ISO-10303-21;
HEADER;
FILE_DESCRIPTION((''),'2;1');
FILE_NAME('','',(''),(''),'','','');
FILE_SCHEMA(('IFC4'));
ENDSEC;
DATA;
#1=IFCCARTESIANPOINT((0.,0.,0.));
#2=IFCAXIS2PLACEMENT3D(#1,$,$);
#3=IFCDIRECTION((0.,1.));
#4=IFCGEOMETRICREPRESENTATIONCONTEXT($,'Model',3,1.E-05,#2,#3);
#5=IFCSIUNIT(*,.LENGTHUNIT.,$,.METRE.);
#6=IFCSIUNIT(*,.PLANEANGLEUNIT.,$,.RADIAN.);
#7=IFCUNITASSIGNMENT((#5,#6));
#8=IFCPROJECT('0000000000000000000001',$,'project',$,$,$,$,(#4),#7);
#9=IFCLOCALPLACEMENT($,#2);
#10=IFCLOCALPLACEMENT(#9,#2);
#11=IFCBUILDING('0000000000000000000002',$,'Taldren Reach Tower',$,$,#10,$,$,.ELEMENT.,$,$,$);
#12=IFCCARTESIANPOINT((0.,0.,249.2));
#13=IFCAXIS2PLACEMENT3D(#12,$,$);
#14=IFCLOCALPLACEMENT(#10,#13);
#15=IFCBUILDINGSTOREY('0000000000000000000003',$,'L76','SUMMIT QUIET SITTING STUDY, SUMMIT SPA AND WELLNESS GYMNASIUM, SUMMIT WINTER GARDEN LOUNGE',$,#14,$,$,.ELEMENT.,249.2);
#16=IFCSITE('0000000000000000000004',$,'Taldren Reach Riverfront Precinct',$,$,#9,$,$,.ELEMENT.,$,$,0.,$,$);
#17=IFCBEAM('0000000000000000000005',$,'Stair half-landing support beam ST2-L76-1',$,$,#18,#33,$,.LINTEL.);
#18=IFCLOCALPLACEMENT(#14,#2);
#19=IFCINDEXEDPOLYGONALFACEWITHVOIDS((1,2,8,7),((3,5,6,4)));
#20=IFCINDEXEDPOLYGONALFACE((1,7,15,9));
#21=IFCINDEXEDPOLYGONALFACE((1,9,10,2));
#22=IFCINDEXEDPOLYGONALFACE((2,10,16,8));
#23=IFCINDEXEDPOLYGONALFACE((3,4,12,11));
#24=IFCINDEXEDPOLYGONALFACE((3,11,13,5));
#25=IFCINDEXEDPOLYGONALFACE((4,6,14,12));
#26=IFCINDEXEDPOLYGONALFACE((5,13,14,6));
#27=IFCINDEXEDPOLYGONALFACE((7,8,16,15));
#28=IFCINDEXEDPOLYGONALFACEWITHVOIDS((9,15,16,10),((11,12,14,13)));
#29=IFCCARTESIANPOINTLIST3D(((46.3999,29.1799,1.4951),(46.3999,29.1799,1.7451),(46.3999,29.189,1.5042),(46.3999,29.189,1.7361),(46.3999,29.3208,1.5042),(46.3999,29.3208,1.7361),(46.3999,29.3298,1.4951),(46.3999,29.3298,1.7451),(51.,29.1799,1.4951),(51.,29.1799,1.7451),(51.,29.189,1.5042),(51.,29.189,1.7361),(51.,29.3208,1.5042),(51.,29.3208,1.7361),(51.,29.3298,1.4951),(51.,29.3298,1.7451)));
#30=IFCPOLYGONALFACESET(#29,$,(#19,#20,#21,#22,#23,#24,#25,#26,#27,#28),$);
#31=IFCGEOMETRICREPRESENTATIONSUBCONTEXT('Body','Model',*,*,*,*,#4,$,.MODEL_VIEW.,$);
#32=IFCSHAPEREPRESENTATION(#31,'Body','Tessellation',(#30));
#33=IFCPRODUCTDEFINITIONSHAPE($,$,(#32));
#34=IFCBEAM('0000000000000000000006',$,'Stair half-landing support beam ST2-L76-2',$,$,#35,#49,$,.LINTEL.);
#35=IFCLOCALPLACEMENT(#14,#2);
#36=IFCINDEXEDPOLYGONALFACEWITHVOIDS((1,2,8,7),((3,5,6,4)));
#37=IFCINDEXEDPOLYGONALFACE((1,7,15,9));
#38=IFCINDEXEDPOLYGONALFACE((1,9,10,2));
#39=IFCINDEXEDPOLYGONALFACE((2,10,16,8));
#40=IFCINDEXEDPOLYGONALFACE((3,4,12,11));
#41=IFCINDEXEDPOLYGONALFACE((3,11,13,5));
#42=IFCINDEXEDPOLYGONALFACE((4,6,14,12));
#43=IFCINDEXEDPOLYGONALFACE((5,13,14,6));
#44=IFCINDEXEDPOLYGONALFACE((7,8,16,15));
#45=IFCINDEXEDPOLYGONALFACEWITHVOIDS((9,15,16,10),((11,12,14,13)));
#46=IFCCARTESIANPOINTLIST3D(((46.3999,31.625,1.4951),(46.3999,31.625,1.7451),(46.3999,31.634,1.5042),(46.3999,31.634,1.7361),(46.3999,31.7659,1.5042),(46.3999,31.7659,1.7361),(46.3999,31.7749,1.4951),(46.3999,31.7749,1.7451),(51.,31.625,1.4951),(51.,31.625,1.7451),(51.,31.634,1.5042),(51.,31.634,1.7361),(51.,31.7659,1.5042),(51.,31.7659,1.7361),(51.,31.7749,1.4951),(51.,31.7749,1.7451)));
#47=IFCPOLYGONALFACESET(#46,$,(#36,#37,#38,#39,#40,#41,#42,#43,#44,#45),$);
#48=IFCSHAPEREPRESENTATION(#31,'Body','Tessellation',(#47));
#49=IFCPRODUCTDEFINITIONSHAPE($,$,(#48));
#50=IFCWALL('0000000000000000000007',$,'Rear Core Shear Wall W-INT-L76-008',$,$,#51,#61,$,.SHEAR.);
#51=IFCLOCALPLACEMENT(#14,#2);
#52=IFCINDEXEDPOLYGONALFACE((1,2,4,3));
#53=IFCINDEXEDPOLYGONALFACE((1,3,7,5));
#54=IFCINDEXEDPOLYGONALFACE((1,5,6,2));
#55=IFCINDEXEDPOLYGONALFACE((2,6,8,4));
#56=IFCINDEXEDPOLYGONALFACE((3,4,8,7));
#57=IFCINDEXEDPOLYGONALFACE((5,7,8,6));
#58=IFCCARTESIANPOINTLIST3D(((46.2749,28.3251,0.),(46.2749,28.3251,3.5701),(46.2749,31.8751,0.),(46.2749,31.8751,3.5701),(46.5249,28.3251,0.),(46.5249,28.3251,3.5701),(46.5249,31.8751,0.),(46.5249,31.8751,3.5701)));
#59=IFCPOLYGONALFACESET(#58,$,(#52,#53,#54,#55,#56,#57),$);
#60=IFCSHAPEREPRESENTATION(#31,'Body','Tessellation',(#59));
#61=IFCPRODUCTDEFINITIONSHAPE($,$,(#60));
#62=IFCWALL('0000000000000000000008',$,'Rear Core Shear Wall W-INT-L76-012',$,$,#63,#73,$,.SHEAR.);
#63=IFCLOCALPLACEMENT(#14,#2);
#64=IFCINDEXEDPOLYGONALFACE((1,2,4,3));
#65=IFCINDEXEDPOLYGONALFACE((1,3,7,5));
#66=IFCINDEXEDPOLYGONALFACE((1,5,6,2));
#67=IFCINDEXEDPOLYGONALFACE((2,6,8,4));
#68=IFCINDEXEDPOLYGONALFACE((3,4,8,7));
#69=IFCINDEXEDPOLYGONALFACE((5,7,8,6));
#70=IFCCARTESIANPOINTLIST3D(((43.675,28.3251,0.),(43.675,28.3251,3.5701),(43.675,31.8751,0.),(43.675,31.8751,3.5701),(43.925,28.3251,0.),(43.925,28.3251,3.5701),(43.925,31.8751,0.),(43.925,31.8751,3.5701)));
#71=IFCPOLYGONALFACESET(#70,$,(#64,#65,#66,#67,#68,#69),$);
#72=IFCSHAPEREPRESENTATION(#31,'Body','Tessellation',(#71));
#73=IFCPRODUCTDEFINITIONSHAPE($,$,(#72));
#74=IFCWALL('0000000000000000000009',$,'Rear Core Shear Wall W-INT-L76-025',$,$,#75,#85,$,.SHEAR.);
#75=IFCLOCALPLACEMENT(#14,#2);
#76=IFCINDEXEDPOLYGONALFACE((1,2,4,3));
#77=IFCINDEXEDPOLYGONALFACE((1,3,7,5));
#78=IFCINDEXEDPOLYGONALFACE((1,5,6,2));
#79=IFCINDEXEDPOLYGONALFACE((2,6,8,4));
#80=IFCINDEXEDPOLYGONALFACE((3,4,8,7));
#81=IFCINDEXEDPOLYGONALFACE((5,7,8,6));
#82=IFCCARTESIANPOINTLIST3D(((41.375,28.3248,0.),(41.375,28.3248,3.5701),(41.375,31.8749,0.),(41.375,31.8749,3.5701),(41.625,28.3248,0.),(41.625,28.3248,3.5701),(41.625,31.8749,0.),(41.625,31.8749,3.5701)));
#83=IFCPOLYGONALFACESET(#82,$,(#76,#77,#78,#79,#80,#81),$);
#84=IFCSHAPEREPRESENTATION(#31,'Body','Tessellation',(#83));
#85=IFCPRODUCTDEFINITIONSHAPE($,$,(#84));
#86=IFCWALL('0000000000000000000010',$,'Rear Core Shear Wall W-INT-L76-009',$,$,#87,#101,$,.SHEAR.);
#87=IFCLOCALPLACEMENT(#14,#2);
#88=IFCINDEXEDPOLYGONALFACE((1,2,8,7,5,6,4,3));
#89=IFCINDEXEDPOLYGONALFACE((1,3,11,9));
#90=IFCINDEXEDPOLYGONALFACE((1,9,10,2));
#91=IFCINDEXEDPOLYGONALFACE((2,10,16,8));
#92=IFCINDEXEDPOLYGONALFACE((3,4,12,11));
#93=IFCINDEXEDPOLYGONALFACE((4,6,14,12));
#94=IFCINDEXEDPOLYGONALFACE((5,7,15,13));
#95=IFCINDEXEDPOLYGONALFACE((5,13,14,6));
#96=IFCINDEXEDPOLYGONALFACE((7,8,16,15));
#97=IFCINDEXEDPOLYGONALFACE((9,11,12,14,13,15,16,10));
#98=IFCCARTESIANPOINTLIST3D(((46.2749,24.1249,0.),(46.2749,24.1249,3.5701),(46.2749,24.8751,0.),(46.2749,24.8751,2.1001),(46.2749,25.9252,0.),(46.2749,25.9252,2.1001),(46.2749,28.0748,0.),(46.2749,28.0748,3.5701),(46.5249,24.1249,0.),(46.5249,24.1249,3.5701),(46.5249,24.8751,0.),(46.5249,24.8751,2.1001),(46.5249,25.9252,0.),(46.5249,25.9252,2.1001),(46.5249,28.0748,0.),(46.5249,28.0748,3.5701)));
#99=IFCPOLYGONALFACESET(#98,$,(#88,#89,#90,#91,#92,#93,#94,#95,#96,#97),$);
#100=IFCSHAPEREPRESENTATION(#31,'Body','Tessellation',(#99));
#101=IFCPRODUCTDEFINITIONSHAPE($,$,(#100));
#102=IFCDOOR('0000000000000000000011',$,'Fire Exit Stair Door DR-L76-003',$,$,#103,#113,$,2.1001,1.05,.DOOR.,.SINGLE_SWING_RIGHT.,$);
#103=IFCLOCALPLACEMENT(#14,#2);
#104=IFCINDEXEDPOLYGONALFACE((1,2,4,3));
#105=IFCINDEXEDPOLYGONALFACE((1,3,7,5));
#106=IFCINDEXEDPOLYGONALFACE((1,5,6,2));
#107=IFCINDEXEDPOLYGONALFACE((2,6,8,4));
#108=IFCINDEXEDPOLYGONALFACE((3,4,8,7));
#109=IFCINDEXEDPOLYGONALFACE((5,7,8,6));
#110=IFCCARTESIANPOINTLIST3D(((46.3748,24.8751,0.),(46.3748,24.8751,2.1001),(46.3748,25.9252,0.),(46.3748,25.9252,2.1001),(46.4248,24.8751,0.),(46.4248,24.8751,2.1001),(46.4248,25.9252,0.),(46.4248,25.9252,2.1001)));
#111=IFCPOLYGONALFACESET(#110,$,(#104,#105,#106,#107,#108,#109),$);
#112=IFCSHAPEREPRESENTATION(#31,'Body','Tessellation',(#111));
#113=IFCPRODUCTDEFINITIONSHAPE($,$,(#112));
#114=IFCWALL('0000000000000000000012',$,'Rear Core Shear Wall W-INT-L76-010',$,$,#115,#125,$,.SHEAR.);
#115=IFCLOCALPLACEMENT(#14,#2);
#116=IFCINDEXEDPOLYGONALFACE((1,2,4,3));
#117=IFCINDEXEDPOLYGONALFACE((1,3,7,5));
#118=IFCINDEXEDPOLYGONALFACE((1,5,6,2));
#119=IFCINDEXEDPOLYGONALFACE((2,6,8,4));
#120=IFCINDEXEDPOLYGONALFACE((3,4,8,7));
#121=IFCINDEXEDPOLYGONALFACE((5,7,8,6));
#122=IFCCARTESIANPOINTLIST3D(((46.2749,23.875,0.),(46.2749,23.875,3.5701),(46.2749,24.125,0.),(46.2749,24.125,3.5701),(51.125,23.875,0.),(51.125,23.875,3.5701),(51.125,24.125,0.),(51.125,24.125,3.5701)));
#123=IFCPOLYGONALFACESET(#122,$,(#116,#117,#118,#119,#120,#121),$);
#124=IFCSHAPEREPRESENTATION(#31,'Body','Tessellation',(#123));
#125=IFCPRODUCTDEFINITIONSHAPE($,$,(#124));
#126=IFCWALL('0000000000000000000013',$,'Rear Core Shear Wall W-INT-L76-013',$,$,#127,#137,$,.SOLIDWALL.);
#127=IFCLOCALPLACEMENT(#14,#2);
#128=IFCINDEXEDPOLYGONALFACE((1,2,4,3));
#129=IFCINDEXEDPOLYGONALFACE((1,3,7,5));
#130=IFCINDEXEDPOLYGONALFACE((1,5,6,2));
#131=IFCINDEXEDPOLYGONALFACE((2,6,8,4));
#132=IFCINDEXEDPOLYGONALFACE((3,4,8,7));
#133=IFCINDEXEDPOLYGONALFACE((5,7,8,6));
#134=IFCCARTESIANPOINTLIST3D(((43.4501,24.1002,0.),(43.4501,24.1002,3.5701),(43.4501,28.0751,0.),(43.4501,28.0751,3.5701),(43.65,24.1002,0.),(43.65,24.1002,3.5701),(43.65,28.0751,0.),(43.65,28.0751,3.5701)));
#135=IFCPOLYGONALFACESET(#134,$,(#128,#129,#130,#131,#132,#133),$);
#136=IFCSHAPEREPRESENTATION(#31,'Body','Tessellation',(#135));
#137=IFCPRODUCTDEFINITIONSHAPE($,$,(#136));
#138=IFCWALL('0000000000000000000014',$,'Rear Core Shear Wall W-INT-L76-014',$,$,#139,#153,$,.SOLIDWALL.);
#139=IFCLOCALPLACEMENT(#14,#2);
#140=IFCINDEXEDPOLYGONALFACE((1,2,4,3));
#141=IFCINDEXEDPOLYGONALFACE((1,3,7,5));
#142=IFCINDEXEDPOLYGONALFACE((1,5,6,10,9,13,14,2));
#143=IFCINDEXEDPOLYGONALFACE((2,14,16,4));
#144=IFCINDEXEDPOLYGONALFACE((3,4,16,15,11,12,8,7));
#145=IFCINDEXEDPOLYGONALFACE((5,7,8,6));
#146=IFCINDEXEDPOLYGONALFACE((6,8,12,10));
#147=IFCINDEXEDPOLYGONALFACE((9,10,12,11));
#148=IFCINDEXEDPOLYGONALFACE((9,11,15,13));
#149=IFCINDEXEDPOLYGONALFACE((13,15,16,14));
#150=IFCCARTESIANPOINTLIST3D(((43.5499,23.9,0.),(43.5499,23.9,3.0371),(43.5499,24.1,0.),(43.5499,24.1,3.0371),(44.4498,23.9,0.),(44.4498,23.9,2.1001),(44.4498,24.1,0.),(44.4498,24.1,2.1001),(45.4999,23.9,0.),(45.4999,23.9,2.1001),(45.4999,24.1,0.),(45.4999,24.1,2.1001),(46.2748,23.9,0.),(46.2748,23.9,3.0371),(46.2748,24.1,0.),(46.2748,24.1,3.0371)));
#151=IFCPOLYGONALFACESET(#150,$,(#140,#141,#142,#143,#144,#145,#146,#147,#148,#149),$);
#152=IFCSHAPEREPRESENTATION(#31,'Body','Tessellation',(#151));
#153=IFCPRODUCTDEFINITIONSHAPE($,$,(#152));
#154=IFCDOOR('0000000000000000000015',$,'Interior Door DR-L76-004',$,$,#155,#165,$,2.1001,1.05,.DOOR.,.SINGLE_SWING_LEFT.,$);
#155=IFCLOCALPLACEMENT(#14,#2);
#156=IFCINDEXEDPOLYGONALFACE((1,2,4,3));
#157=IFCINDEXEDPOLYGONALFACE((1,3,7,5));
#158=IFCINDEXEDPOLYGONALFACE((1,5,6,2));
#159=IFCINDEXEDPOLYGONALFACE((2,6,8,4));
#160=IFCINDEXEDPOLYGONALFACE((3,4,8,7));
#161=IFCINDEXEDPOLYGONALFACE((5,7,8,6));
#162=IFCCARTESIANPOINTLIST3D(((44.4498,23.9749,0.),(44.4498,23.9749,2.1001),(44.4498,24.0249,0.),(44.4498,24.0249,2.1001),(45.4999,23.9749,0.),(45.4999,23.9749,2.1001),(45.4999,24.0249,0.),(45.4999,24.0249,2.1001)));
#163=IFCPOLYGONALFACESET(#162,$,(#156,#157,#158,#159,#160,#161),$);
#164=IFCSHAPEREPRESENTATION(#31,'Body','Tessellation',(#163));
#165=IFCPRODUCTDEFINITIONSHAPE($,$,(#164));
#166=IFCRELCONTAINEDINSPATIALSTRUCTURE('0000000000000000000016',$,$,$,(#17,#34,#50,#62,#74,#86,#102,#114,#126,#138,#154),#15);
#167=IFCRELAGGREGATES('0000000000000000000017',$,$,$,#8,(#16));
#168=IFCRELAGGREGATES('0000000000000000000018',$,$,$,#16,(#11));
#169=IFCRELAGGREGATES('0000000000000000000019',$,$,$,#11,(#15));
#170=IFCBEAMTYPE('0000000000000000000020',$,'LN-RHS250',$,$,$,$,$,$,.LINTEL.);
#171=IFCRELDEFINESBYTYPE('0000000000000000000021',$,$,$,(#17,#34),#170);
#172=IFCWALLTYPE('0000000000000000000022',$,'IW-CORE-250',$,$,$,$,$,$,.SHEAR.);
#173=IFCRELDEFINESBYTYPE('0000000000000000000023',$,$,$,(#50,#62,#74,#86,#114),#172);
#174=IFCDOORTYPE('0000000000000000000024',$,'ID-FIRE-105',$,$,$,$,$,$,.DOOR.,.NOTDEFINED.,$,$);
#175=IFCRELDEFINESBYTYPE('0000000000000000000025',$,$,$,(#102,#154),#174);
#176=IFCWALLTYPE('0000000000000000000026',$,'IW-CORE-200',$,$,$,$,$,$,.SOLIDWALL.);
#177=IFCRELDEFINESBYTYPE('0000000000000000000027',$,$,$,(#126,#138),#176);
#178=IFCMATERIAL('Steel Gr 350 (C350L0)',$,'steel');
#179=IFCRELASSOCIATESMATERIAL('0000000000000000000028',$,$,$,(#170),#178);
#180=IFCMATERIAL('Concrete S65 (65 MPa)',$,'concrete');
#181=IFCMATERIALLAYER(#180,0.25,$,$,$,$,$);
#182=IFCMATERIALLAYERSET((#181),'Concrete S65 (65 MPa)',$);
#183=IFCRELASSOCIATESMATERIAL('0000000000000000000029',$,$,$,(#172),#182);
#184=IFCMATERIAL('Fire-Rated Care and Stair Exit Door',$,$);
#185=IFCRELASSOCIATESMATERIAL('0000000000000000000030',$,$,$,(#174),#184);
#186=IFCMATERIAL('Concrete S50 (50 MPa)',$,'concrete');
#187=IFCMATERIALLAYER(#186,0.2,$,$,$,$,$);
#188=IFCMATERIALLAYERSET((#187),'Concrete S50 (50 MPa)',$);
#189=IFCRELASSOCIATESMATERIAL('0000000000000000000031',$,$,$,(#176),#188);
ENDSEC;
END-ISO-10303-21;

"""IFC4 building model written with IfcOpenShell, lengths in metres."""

from ifc_helpers import new_model, si_unit, direction, frame, frame_2d, origin, origin_2d, place, context, subcontext, project, spatial, rectangle, hollow_rectangle, extrude, source, transform, mapped, material, layer, layer_set, material_profile, profile_set, type_object, element, fill, save


model = new_model("IFC4")

# Units and contexts
model_context = context("Model", 3, precision=1e-05, world=origin(), true_north=direction((0.0, 1.0)))
body_context = subcontext(model_context, "Body", "Model", "MODEL_VIEW")
ifc_project = project(units=[si_unit("LENGTHUNIT", "METRE"), si_unit("PLANEANGLEUNIT", "RADIAN")], contexts=[model_context])

# Site, building, storey
site_placement = place(None, origin())
site = spatial("IfcSite", under=ifc_project, at=site_placement, Name="Taldren Reach Riverfront Precinct", CompositionType="ELEMENT", RefElevation=0.0)
building_placement = place(site_placement, origin())
building = spatial("IfcBuilding", under=site, at=building_placement, Name="Taldren Reach Tower", CompositionType="ELEMENT")
storey_placement = place(building_placement, frame((0.0, 0.0, 249.2)))
storey = spatial("IfcBuildingStorey", under=building, at=storey_placement, Name="L76", Description="SUMMIT QUIET SITTING STUDY, SUMMIT SPA AND WELLNESS GYMNASIUM, SUMMIT WINTER GARDEN LOUNGE", CompositionType="ELEMENT", Elevation=249.2)

# Beams
ifc_material_1 = material(Name="Steel Gr 350 (C350L0)", Category="steel")
ifc_material_profile = material_profile(ifc_material_1, hollow_rectangle(XDim=0.1499, YDim=0.25, WallThickness=0.009, at=origin_2d()), Name="250x150x9.0RHS")
ifc_profile_set = profile_set([ifc_material_profile], Name="Steel Gr 350 (C350L0)")
beam_type = type_object("IfcBeamType", Name="LN-RHS250", PredefinedType="LINTEL", material=ifc_profile_set)
shared_shape_1 = source(origin(), body_context, "Body", "SweptSolid", [
    extrude(hollow_rectangle(XDim=0.1499, YDim=0.25, WallThickness=0.009, at=origin_2d()), origin(), (0.0, 0.0, 1.0), 4.6001),
])
for number, where, z_axis, x_axis, name in (
    (1, (46.3999, 29.2549, 1.6201), (1.0, 0.0, 0.0), (0.0, 1.0, 0.0), "Stair half-landing support beam ST2-L76-1"),
    (2, (46.3999, 31.7, 1.6201), (1.0, 0.0, 0.0), (0.0, 1.0, 0.0), "Stair half-landing support beam ST2-L76-2"),
):
    element("IfcBeam", number, at=place(storey_placement, frame(where, z_axis=z_axis, x_axis=x_axis)), inside=storey, type_object=beam_type, Name=name, PredefinedType="LINTEL", context=body_context, shape_type="MappedRepresentation", body=[
        mapped(shared_shape_1, transform((0.0, 0.0, 0.0), scale=1.0)),
    ])

# Walls
ifc_material_2 = material(Name="Concrete S65 (65 MPa)", Category="concrete")
ifc_layer_1 = layer(ifc_material_2, 0.25)
ifc_layer_set_1 = layer_set([ifc_layer_1], Name="Concrete S65 (65 MPa)")
wall_type_1 = type_object("IfcWallType", Name="IW-CORE-250", PredefinedType="SHEAR", material=ifc_layer_set_1)
shared_shape_2 = source(origin(), body_context, "Body", "SweptSolid", [
    extrude(rectangle(XDim=3.55, YDim=0.25, at=frame_2d((1.7749, 0.0))), origin(), (0.0, 0.0, 1.0), 3.5701),
])
for number, where, z_axis, x_axis, name in (
    (3, (46.3999, 31.875, 0.0), (0.0, 0.0, 1.0), (0.0, -1.0, 0.0), "Rear Core Shear Wall W-INT-L76-008"),
    (4, (43.8, 31.875, 0.0), (0.0, 0.0, 1.0), (0.0, -1.0, 0.0), "Rear Core Shear Wall W-INT-L76-012"),
    (5, (41.5, 28.325, 0.0), (0.0, 0.0, 1.0), (0.0, 1.0, 0.0), "Rear Core Shear Wall W-INT-L76-025"),
):
    element("IfcWall", number, at=place(storey_placement, frame(where, z_axis=z_axis, x_axis=x_axis)), inside=storey, type_object=wall_type_1, Name=name, PredefinedType="SHEAR", context=body_context, shape_type="MappedRepresentation", body=[
        mapped(shared_shape_2, transform((0.0, 0.0, 0.0), scale=1.0)),
    ])

# Wall, opening, door
shared_shape_3 = source(origin(), body_context, "Body", "SweptSolid", [
    extrude(rectangle(XDim=3.95, YDim=0.25, at=frame_2d((1.9751, 0.0))), origin(), (0.0, 0.0, 1.0), 3.5701),
])
wall_1_placement = place(storey_placement, frame((46.3999, 28.075, 0.0), z_axis=(0.0, 0.0, 1.0), x_axis=(0.0, -1.0, 0.0)))
wall_1 = element("IfcWall", 6, at=wall_1_placement, inside=storey, type_object=wall_type_1, Name="Rear Core Shear Wall W-INT-L76-009", PredefinedType="SHEAR", context=body_context, shape_type="MappedRepresentation", body=[
    mapped(shared_shape_3, transform((0.0, 0.0, 0.0), scale=1.0)),
])
shared_shape_4 = source(origin(), body_context, "Body", "SweptSolid", [
    extrude(rectangle(XDim=1.05, YDim=2.1001, at=frame_2d((0.5249, 1.05))), frame((0.0, 0.135, 0.0), z_axis=(0.0, -1.0, 0.0), x_axis=(1.0, 0.0, 0.0)), (0.0, 0.0, 1.0), 0.27),
])
opening_1_placement = place(wall_1_placement, frame((2.1499, 0.0, 0.0)))
opening_1 = element("IfcOpeningElement", 7, at=opening_1_placement, cuts=wall_1, PredefinedType="OPENING", context=body_context, shape_type="MappedRepresentation", body=[
    mapped(shared_shape_4, transform((0.0, 0.0, 0.0), scale=1.0)),
])
ifc_material_3 = material(Name="Fire-Rated Care and Stair Exit Door")
door_type_1 = type_object("IfcDoorType", Name="ID-FIRE-105", OperationType="NOTDEFINED", PredefinedType="DOOR", material=ifc_material_3)
shared_shape_5 = source(origin(), body_context, "Body", "SweptSolid", [
    extrude(rectangle(XDim=1.05, YDim=2.1001, at=frame_2d((0.5249, 1.05))), frame((0.0, 0.0249, 0.0), z_axis=(0.0, -1.0, 0.0), x_axis=(1.0, 0.0, 0.0)), (0.0, 0.0, 1.0), 0.05),
])
door_1_placement = place(opening_1_placement, origin())
door_1 = element("IfcDoor", 8, at=door_1_placement, inside=storey, type_object=door_type_1, Name="Fire Exit Stair Door DR-L76-003", OperationType="SINGLE_SWING_RIGHT", OverallHeight=2.1001, OverallWidth=1.05, PredefinedType="DOOR", context=body_context, shape_type="MappedRepresentation", body=[
    mapped(shared_shape_5, transform((0.0, 0.0, 0.0), scale=1.0)),
])
fill(opening_1, door_1)

# Wall
shared_shape_6 = source(origin(), body_context, "Body", "SweptSolid", [
    extrude(rectangle(XDim=4.8501, YDim=0.25, at=frame_2d((2.425, 0.0))), origin(), (0.0, 0.0, 1.0), 3.5701),
])
wall_2_placement = place(storey_placement, frame((46.2749, 24.0, 0.0), z_axis=(0.0, 0.0, 1.0), x_axis=(1.0, 0.0, 0.0)))
element("IfcWall", 9, at=wall_2_placement, inside=storey, type_object=wall_type_1, Name="Rear Core Shear Wall W-INT-L76-010", PredefinedType="SHEAR", context=body_context, shape_type="MappedRepresentation", body=[
    mapped(shared_shape_6, transform((0.0, 0.0, 0.0), scale=1.0)),
])

# Wall
ifc_material_4 = material(Name="Concrete S50 (50 MPa)", Category="concrete")
ifc_layer_2 = layer(ifc_material_4, 0.2)
ifc_layer_set_2 = layer_set([ifc_layer_2], Name="Concrete S50 (50 MPa)")
wall_type_2 = type_object("IfcWallType", Name="IW-CORE-200", PredefinedType="SOLIDWALL", material=ifc_layer_set_2)
shared_shape_7 = source(origin(), body_context, "Body", "SweptSolid", [
    extrude(rectangle(XDim=3.9749, YDim=0.2, at=frame_2d((1.9873, 0.0))), origin(), (0.0, 0.0, 1.0), 3.5701),
])
wall_3_placement = place(storey_placement, frame((43.55, 28.075, 0.0), z_axis=(0.0, 0.0, 1.0), x_axis=(0.0, -1.0, 0.0)))
element("IfcWall", 10, at=wall_3_placement, inside=storey, type_object=wall_type_2, Name="Rear Core Shear Wall W-INT-L76-013", PredefinedType="SOLIDWALL", context=body_context, shape_type="MappedRepresentation", body=[
    mapped(shared_shape_7, transform((0.0, 0.0, 0.0), scale=1.0)),
])

# Wall, opening, door
shared_shape_8 = source(origin(), body_context, "Body", "SweptSolid", [
    extrude(rectangle(XDim=2.7249, YDim=0.2, at=frame_2d((1.3623, 0.0))), origin(), (0.0, 0.0, 1.0), 3.0371),
])
wall_4_placement = place(storey_placement, frame((43.55, 24.0, 0.0), z_axis=(0.0, 0.0, 1.0), x_axis=(1.0, 0.0, 0.0)))
wall_4 = element("IfcWall", 11, at=wall_4_placement, inside=storey, type_object=wall_type_2, Name="Rear Core Shear Wall W-INT-L76-014", PredefinedType="SOLIDWALL", context=body_context, shape_type="MappedRepresentation", body=[
    mapped(shared_shape_8, transform((0.0, 0.0, 0.0), scale=1.0)),
])
shared_shape_9 = source(origin(), body_context, "Body", "SweptSolid", [
    extrude(rectangle(XDim=1.05, YDim=2.1001, at=frame_2d((0.5249, 1.05))), frame((0.0, 0.1099, 0.0), z_axis=(0.0, -1.0, 0.0), x_axis=(1.0, 0.0, 0.0)), (0.0, 0.0, 1.0), 0.22),
])
opening_2_placement = place(wall_4_placement, frame((0.8999, 0.0, 0.0)))
opening_2 = element("IfcOpeningElement", 12, at=opening_2_placement, cuts=wall_4, PredefinedType="OPENING", context=body_context, shape_type="MappedRepresentation", body=[
    mapped(shared_shape_9, transform((0.0, 0.0, 0.0), scale=1.0)),
])
door_2_placement = place(opening_2_placement, origin())
door_2 = element("IfcDoor", 13, at=door_2_placement, inside=storey, type_object=door_type_1, Name="Interior Door DR-L76-004", OperationType="SINGLE_SWING_LEFT", OverallHeight=2.1001, OverallWidth=1.05, PredefinedType="DOOR", context=body_context, shape_type="MappedRepresentation", body=[
    mapped(shared_shape_5, transform((0.0, 0.0, 0.0), scale=1.0)),
])
fill(opening_2, door_2)

save(model, "model.ifc")
